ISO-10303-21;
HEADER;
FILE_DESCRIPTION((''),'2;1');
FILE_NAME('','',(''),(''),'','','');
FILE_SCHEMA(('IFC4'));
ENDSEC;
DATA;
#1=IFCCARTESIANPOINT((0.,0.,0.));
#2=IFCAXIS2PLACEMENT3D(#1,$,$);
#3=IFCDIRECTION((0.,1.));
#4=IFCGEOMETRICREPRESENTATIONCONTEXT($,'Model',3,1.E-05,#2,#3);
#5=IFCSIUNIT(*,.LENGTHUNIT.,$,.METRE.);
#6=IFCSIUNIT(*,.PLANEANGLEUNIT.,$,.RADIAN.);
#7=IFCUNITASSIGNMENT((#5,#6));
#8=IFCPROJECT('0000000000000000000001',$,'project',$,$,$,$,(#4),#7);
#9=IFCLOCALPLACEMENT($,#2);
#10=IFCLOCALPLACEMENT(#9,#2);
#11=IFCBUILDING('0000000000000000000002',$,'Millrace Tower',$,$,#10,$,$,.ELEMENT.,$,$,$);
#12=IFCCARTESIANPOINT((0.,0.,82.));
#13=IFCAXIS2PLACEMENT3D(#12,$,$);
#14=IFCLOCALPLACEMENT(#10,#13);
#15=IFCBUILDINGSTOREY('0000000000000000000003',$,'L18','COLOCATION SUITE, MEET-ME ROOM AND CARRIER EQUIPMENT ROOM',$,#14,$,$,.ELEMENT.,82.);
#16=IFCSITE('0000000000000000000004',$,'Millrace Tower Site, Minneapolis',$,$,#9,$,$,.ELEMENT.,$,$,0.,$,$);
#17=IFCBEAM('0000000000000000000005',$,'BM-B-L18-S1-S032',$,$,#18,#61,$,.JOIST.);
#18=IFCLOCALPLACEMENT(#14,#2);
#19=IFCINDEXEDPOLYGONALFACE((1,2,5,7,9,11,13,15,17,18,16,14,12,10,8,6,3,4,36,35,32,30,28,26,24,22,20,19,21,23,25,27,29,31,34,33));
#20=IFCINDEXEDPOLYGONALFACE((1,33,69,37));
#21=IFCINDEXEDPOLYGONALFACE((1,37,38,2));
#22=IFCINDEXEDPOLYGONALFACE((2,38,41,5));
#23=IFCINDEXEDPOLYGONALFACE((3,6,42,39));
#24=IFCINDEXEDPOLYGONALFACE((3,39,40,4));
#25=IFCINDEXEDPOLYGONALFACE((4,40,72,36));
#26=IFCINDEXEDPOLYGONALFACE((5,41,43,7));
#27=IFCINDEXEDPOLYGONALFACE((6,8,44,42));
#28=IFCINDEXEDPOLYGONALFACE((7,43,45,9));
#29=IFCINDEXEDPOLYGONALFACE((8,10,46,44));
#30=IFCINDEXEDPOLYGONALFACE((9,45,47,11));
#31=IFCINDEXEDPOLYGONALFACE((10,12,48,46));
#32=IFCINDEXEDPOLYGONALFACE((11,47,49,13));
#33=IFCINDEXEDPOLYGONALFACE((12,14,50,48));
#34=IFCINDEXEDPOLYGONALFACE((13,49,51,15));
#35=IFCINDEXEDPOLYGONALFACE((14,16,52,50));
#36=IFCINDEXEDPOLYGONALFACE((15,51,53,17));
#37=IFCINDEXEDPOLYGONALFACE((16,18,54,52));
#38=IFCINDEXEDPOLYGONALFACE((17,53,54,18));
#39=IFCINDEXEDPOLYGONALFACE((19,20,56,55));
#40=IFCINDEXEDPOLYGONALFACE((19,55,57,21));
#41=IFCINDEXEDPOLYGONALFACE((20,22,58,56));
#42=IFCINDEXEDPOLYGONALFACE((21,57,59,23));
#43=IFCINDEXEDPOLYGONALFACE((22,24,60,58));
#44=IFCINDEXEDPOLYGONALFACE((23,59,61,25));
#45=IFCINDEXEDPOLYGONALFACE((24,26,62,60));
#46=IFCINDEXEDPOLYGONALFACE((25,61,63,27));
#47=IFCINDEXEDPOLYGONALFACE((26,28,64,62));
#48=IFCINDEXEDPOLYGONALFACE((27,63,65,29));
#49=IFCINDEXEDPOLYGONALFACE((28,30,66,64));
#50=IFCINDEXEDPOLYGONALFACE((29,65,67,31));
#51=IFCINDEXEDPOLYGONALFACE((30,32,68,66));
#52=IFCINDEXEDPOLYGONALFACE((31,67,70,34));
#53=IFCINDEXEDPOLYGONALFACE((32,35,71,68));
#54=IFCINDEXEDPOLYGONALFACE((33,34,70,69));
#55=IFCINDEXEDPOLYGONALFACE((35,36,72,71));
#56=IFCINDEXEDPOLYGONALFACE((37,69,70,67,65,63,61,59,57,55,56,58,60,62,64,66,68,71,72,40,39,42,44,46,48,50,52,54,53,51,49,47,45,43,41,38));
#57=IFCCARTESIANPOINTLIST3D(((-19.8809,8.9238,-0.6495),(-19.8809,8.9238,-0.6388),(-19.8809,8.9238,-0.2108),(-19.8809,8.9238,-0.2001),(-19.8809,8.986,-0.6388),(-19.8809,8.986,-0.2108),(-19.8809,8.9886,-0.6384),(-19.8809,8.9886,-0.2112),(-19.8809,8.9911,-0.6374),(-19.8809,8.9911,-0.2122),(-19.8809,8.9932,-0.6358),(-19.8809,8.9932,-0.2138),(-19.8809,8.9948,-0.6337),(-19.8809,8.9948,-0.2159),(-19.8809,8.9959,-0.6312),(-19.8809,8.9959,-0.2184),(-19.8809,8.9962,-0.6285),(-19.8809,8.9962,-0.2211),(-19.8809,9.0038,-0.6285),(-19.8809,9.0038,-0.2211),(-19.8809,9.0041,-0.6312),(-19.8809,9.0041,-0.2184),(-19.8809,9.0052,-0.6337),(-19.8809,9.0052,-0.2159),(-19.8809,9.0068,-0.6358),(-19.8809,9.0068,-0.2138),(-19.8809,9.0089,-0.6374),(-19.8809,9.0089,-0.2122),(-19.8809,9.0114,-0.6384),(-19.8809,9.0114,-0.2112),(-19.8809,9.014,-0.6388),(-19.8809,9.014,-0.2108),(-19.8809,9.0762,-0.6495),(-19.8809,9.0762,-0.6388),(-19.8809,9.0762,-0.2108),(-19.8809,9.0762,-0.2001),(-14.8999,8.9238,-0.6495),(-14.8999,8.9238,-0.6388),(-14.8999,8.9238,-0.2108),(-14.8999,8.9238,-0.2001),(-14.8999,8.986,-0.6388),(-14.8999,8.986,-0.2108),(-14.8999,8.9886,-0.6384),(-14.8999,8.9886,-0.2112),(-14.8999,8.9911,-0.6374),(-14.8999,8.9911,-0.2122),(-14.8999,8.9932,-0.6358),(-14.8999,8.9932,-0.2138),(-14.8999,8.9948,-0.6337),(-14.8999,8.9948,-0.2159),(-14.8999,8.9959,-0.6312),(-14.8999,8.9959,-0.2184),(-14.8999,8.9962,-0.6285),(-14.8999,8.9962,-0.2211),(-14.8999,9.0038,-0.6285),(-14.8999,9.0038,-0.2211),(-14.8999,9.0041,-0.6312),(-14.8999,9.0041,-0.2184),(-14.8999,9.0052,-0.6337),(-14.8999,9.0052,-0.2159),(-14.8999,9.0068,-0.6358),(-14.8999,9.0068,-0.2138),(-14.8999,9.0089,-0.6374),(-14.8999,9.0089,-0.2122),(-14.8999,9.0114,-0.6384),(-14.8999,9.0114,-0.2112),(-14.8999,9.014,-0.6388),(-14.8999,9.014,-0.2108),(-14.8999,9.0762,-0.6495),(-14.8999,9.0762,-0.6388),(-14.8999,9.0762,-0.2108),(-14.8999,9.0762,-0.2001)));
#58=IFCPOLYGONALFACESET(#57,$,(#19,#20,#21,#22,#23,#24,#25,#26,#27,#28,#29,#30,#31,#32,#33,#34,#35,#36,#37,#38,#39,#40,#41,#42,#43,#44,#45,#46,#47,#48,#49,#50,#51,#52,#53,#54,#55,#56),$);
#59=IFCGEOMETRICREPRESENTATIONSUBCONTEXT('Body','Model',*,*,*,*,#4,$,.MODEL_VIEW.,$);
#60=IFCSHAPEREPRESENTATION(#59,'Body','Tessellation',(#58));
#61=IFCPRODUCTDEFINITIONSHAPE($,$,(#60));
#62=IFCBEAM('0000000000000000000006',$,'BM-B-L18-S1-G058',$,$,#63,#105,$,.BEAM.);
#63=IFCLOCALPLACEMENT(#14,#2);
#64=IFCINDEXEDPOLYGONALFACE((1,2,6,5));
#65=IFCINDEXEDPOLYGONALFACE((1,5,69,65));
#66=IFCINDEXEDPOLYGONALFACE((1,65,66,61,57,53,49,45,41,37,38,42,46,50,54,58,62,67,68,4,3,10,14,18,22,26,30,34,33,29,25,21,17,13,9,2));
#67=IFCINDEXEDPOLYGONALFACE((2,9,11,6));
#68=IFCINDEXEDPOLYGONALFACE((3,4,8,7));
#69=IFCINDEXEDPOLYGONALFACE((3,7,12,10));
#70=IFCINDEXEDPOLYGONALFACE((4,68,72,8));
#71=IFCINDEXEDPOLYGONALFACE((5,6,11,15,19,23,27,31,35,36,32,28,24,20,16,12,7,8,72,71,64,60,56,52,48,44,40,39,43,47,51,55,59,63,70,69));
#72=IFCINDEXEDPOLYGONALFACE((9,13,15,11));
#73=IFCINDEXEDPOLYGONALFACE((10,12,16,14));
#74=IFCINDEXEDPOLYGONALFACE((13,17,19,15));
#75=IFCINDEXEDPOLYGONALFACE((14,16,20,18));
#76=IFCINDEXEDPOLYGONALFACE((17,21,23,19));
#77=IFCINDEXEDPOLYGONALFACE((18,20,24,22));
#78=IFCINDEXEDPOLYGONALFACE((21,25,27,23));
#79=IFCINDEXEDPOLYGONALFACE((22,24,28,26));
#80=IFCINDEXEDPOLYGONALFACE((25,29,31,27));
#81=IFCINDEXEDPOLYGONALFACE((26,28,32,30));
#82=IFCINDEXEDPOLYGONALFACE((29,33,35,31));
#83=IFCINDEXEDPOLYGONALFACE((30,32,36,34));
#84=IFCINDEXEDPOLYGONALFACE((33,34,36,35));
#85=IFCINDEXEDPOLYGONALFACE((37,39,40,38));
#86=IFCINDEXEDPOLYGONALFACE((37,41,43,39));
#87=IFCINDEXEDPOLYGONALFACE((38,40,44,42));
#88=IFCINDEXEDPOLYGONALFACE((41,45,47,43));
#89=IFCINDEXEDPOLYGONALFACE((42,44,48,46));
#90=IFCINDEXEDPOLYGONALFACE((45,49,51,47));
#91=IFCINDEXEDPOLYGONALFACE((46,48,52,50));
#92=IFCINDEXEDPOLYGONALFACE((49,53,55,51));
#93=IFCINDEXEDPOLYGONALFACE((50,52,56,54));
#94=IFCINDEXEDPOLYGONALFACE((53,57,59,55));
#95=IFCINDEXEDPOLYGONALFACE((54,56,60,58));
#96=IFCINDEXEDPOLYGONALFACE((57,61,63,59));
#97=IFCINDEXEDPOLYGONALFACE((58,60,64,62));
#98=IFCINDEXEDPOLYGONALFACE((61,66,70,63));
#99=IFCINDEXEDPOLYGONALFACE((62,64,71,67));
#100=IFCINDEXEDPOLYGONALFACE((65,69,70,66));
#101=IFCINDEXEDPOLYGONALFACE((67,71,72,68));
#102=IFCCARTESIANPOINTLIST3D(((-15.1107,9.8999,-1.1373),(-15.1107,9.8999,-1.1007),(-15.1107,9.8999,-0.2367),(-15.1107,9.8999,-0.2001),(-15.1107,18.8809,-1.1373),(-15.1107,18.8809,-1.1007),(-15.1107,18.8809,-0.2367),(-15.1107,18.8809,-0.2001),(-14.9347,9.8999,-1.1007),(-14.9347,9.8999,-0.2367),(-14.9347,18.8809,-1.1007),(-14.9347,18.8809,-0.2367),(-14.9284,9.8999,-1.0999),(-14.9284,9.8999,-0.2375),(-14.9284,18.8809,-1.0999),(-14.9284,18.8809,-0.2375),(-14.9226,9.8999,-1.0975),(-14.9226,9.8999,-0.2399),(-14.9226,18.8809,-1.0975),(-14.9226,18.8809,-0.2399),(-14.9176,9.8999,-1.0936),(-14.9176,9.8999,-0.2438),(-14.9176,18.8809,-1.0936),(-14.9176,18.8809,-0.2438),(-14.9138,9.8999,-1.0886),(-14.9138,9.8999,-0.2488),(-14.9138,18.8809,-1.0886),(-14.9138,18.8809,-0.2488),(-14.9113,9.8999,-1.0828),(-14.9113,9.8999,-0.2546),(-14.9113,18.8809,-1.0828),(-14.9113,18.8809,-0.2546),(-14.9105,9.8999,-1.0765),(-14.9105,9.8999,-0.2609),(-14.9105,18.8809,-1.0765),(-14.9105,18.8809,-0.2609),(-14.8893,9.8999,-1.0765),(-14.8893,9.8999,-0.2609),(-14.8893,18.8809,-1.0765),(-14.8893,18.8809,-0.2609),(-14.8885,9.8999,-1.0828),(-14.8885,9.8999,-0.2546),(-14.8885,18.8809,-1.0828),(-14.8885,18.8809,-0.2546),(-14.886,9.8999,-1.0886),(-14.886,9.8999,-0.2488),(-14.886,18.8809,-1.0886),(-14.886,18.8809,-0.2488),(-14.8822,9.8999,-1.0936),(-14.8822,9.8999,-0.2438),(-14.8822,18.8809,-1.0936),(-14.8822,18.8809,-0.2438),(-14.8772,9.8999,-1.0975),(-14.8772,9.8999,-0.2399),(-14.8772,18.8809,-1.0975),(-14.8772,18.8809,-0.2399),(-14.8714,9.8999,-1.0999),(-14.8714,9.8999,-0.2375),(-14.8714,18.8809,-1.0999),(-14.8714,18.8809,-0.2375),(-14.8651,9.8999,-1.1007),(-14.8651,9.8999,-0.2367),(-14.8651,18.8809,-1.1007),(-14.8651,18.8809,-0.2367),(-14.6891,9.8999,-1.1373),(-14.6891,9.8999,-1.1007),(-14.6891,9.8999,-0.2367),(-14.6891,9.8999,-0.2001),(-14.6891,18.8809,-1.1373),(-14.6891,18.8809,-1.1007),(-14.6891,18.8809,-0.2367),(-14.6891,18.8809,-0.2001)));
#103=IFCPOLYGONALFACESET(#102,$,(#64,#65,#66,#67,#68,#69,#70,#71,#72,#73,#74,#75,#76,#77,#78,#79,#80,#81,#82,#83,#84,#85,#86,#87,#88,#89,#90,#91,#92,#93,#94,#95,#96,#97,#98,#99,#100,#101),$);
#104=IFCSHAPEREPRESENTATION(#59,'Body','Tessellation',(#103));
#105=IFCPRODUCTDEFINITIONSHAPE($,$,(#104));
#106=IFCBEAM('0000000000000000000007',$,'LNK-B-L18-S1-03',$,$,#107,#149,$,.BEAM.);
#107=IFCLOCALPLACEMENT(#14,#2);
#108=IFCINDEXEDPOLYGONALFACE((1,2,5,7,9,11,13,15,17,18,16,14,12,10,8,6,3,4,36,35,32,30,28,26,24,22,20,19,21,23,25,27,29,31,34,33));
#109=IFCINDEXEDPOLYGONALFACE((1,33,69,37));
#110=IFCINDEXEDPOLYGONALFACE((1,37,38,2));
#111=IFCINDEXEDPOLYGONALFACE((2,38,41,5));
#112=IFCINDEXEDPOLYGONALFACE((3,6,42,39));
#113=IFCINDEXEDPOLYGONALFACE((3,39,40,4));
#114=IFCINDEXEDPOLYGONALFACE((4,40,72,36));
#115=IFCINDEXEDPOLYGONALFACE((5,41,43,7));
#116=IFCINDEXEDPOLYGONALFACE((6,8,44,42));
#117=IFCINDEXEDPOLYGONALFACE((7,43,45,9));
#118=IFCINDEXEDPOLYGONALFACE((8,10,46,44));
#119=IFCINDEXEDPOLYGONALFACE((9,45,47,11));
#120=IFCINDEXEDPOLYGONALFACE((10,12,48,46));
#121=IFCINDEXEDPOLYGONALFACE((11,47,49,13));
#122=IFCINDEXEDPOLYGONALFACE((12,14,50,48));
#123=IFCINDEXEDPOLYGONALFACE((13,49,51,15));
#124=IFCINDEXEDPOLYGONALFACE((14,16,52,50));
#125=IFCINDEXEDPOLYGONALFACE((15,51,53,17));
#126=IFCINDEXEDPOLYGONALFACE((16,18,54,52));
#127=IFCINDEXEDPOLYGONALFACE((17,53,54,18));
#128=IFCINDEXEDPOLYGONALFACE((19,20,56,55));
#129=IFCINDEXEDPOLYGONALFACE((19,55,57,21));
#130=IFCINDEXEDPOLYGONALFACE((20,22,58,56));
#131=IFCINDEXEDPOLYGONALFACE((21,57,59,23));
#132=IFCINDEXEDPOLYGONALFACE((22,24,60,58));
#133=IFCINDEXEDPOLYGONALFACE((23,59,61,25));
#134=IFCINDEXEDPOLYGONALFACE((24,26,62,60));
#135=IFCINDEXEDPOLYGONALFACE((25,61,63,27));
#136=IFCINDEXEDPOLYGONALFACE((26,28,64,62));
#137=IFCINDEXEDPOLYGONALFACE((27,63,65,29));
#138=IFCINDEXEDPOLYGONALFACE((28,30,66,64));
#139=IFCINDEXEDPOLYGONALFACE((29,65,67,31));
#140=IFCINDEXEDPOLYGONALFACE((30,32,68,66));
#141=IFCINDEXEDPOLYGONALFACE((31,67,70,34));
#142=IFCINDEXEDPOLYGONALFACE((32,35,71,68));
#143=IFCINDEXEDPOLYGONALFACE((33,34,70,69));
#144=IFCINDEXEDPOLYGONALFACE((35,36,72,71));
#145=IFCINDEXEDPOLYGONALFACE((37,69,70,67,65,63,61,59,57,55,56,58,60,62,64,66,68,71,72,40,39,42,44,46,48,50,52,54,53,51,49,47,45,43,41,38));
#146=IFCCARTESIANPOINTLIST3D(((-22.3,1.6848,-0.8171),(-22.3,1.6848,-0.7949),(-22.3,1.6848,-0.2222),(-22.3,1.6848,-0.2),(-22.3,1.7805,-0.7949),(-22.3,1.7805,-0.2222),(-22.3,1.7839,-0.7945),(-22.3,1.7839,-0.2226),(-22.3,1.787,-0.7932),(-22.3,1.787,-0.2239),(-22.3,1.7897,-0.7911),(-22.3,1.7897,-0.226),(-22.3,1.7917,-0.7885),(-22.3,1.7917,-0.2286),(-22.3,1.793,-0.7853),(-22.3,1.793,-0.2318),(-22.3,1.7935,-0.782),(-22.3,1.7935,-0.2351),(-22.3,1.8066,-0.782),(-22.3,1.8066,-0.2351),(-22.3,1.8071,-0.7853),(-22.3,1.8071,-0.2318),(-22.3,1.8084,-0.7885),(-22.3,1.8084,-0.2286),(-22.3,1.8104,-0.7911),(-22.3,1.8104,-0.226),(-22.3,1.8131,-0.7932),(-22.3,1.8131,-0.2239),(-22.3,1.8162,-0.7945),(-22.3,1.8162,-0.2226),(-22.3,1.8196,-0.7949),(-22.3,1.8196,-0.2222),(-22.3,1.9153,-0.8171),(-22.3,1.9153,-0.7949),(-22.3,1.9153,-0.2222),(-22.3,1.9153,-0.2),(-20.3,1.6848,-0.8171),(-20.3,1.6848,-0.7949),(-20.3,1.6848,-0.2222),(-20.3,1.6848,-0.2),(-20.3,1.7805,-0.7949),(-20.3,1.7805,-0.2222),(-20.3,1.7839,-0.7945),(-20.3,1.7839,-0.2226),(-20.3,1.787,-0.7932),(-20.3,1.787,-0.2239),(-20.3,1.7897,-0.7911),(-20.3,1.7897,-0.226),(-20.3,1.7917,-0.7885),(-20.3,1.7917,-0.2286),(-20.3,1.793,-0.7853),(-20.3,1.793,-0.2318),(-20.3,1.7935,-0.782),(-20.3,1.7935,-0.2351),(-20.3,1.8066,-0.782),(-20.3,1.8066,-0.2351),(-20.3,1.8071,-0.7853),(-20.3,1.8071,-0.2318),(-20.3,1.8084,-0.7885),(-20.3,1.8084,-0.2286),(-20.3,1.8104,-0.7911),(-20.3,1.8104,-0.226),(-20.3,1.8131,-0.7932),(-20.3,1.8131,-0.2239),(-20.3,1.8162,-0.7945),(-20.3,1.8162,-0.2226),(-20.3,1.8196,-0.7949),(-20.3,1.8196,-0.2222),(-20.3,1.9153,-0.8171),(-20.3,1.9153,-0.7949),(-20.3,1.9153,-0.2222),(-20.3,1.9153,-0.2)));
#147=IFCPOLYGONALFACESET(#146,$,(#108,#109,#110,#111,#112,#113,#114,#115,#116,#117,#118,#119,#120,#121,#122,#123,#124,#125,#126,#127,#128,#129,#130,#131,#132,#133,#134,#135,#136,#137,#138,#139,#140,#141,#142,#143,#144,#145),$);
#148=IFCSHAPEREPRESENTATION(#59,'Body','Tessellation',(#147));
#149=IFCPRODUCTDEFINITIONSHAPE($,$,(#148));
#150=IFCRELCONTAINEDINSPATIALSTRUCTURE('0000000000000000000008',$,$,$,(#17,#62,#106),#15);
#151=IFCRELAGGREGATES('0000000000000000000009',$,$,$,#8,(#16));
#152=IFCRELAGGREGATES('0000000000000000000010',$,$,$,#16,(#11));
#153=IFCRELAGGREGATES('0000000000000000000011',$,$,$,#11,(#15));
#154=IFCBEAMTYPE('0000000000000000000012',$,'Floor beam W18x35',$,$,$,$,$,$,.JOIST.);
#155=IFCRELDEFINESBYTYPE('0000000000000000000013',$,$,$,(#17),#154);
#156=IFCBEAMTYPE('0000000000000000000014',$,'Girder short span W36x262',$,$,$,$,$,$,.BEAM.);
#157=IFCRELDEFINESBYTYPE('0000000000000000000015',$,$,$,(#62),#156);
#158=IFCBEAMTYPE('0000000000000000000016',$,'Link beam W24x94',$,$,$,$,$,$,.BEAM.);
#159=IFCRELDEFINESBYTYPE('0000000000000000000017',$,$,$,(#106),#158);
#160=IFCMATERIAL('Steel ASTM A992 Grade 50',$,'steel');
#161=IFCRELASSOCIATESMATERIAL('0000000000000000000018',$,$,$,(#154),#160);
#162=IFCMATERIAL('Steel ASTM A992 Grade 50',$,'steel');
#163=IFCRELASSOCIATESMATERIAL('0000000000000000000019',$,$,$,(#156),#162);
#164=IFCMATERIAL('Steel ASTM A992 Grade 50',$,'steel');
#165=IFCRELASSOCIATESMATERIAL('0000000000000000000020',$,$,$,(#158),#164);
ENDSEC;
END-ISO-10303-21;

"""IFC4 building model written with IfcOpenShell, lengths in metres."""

from ifc_helpers import new_model, si_unit, direction, frame, origin, origin_2d, place, context, subcontext, project, spatial, i_section, extrude, material, material_profile, profile_set, type_object, element, save


model = new_model("IFC4")

# Units and contexts
model_context = context("Model", 3, precision=1e-05, world=origin(), true_north=direction((0.0, 1.0)))
body_context = subcontext(model_context, "Body", "Model", "MODEL_VIEW")
ifc_project = project(units=[si_unit("LENGTHUNIT", "METRE"), si_unit("PLANEANGLEUNIT", "RADIAN")], contexts=[model_context])

# Site, building, storey
site_placement = place(None, origin())
site = spatial("IfcSite", under=ifc_project, at=site_placement, Name="Millrace Tower Site, Minneapolis", CompositionType="ELEMENT", RefElevation=0.0)
building_placement = place(site_placement, origin())
building = spatial("IfcBuilding", under=site, at=building_placement, Name="Millrace Tower", CompositionType="ELEMENT")
storey_placement = place(building_placement, frame((0.0, 0.0, 82.0)))
storey = spatial("IfcBuildingStorey", under=building, at=storey_placement, Name="L18", Description="COLOCATION SUITE, MEET-ME ROOM AND CARRIER EQUIPMENT ROOM", CompositionType="ELEMENT", Elevation=82.0)

# Beams
ifc_material_1 = material(Name="Steel ASTM A992 Grade 50", Category="steel")
ifc_material_profile_1 = material_profile(ifc_material_1, i_section(OverallWidth=0.1523, OverallDepth=0.4495, WebThickness=0.0076, FlangeThickness=0.0107, FilletRadius=0.0103, at=origin_2d()))
ifc_profile_set_1 = profile_set([ifc_material_profile_1], Name="Steel ASTM A992 Grade 50")
beam_type_1 = type_object("IfcBeamType", Name="Floor beam W18x35", PredefinedType="JOIST", material=ifc_profile_set_1)
for number, where, z_axis, x_axis, name in (
    (1, (-19.8809, 9.0, -0.4248), (1.0, 0.0, 0.0), (0.0, 1.0, 0.0), "BM-B-L18-S1-S032"),
):
    element("IfcBeam", number, at=place(storey_placement, frame(where, z_axis=z_axis, x_axis=x_axis)), inside=storey, type_object=beam_type_1, Name=name, PredefinedType="JOIST", context=body_context, shape_type="SweptSolid", body=[
        extrude(i_section(OverallWidth=0.1523, OverallDepth=0.4495, WebThickness=0.0076, FlangeThickness=0.0107, FilletRadius=0.0103, at=origin_2d()), origin(), (0.0, 0.0, 1.0), 4.981),
    ])
ifc_material_2 = material(Name="Steel ASTM A992 Grade 50", Category="steel")
ifc_material_profile_2 = material_profile(ifc_material_2, i_section(OverallWidth=0.4216, OverallDepth=0.9373, WebThickness=0.0212, FlangeThickness=0.0366, FilletRadius=0.0242, at=origin_2d()))
ifc_profile_set_2 = profile_set([ifc_material_profile_2], Name="Steel ASTM A992 Grade 50")
beam_type_2 = type_object("IfcBeamType", Name="Girder short span W36x262", PredefinedType="BEAM", material=ifc_profile_set_2)
beam_1_placement = place(storey_placement, frame((-14.8999, 9.8999, -0.6687), z_axis=(0.0, 1.0, 0.0), x_axis=(-1.0, 0.0, 0.0)))
element("IfcBeam", 2, at=beam_1_placement, inside=storey, type_object=beam_type_2, Name="BM-B-L18-S1-G058", PredefinedType="BEAM", context=body_context, shape_type="SweptSolid", body=[
    extrude(i_section(OverallWidth=0.4216, OverallDepth=0.9373, WebThickness=0.0212, FlangeThickness=0.0366, FilletRadius=0.0242, at=origin_2d()), origin(), (0.0, 0.0, 1.0), 8.981),
])
ifc_material_3 = material(Name="Steel ASTM A992 Grade 50", Category="steel")
ifc_material_profile_3 = material_profile(ifc_material_3, i_section(OverallWidth=0.2305, OverallDepth=0.6172, WebThickness=0.0132, FlangeThickness=0.0222, FilletRadius=0.0129, at=origin_2d()))
ifc_profile_set_3 = profile_set([ifc_material_profile_3], Name="Steel ASTM A992 Grade 50")
beam_type_3 = type_object("IfcBeamType", Name="Link beam W24x94", PredefinedType="BEAM", material=ifc_profile_set_3)
beam_2_placement = place(storey_placement, frame((-20.3, 1.8, -0.5085), z_axis=(-1.0, 0.0, 0.0), x_axis=(0.0, -1.0, 0.0)))
element("IfcBeam", 3, at=beam_2_placement, inside=storey, type_object=beam_type_3, Name="LNK-B-L18-S1-03", PredefinedType="BEAM", context=body_context, shape_type="SweptSolid", body=[
    extrude(i_section(OverallWidth=0.2305, OverallDepth=0.6172, WebThickness=0.0132, FlangeThickness=0.0222, FilletRadius=0.0129, at=origin_2d()), origin(), (0.0, 0.0, 1.0), 2.0),
])

save(model, "model.ifc")
